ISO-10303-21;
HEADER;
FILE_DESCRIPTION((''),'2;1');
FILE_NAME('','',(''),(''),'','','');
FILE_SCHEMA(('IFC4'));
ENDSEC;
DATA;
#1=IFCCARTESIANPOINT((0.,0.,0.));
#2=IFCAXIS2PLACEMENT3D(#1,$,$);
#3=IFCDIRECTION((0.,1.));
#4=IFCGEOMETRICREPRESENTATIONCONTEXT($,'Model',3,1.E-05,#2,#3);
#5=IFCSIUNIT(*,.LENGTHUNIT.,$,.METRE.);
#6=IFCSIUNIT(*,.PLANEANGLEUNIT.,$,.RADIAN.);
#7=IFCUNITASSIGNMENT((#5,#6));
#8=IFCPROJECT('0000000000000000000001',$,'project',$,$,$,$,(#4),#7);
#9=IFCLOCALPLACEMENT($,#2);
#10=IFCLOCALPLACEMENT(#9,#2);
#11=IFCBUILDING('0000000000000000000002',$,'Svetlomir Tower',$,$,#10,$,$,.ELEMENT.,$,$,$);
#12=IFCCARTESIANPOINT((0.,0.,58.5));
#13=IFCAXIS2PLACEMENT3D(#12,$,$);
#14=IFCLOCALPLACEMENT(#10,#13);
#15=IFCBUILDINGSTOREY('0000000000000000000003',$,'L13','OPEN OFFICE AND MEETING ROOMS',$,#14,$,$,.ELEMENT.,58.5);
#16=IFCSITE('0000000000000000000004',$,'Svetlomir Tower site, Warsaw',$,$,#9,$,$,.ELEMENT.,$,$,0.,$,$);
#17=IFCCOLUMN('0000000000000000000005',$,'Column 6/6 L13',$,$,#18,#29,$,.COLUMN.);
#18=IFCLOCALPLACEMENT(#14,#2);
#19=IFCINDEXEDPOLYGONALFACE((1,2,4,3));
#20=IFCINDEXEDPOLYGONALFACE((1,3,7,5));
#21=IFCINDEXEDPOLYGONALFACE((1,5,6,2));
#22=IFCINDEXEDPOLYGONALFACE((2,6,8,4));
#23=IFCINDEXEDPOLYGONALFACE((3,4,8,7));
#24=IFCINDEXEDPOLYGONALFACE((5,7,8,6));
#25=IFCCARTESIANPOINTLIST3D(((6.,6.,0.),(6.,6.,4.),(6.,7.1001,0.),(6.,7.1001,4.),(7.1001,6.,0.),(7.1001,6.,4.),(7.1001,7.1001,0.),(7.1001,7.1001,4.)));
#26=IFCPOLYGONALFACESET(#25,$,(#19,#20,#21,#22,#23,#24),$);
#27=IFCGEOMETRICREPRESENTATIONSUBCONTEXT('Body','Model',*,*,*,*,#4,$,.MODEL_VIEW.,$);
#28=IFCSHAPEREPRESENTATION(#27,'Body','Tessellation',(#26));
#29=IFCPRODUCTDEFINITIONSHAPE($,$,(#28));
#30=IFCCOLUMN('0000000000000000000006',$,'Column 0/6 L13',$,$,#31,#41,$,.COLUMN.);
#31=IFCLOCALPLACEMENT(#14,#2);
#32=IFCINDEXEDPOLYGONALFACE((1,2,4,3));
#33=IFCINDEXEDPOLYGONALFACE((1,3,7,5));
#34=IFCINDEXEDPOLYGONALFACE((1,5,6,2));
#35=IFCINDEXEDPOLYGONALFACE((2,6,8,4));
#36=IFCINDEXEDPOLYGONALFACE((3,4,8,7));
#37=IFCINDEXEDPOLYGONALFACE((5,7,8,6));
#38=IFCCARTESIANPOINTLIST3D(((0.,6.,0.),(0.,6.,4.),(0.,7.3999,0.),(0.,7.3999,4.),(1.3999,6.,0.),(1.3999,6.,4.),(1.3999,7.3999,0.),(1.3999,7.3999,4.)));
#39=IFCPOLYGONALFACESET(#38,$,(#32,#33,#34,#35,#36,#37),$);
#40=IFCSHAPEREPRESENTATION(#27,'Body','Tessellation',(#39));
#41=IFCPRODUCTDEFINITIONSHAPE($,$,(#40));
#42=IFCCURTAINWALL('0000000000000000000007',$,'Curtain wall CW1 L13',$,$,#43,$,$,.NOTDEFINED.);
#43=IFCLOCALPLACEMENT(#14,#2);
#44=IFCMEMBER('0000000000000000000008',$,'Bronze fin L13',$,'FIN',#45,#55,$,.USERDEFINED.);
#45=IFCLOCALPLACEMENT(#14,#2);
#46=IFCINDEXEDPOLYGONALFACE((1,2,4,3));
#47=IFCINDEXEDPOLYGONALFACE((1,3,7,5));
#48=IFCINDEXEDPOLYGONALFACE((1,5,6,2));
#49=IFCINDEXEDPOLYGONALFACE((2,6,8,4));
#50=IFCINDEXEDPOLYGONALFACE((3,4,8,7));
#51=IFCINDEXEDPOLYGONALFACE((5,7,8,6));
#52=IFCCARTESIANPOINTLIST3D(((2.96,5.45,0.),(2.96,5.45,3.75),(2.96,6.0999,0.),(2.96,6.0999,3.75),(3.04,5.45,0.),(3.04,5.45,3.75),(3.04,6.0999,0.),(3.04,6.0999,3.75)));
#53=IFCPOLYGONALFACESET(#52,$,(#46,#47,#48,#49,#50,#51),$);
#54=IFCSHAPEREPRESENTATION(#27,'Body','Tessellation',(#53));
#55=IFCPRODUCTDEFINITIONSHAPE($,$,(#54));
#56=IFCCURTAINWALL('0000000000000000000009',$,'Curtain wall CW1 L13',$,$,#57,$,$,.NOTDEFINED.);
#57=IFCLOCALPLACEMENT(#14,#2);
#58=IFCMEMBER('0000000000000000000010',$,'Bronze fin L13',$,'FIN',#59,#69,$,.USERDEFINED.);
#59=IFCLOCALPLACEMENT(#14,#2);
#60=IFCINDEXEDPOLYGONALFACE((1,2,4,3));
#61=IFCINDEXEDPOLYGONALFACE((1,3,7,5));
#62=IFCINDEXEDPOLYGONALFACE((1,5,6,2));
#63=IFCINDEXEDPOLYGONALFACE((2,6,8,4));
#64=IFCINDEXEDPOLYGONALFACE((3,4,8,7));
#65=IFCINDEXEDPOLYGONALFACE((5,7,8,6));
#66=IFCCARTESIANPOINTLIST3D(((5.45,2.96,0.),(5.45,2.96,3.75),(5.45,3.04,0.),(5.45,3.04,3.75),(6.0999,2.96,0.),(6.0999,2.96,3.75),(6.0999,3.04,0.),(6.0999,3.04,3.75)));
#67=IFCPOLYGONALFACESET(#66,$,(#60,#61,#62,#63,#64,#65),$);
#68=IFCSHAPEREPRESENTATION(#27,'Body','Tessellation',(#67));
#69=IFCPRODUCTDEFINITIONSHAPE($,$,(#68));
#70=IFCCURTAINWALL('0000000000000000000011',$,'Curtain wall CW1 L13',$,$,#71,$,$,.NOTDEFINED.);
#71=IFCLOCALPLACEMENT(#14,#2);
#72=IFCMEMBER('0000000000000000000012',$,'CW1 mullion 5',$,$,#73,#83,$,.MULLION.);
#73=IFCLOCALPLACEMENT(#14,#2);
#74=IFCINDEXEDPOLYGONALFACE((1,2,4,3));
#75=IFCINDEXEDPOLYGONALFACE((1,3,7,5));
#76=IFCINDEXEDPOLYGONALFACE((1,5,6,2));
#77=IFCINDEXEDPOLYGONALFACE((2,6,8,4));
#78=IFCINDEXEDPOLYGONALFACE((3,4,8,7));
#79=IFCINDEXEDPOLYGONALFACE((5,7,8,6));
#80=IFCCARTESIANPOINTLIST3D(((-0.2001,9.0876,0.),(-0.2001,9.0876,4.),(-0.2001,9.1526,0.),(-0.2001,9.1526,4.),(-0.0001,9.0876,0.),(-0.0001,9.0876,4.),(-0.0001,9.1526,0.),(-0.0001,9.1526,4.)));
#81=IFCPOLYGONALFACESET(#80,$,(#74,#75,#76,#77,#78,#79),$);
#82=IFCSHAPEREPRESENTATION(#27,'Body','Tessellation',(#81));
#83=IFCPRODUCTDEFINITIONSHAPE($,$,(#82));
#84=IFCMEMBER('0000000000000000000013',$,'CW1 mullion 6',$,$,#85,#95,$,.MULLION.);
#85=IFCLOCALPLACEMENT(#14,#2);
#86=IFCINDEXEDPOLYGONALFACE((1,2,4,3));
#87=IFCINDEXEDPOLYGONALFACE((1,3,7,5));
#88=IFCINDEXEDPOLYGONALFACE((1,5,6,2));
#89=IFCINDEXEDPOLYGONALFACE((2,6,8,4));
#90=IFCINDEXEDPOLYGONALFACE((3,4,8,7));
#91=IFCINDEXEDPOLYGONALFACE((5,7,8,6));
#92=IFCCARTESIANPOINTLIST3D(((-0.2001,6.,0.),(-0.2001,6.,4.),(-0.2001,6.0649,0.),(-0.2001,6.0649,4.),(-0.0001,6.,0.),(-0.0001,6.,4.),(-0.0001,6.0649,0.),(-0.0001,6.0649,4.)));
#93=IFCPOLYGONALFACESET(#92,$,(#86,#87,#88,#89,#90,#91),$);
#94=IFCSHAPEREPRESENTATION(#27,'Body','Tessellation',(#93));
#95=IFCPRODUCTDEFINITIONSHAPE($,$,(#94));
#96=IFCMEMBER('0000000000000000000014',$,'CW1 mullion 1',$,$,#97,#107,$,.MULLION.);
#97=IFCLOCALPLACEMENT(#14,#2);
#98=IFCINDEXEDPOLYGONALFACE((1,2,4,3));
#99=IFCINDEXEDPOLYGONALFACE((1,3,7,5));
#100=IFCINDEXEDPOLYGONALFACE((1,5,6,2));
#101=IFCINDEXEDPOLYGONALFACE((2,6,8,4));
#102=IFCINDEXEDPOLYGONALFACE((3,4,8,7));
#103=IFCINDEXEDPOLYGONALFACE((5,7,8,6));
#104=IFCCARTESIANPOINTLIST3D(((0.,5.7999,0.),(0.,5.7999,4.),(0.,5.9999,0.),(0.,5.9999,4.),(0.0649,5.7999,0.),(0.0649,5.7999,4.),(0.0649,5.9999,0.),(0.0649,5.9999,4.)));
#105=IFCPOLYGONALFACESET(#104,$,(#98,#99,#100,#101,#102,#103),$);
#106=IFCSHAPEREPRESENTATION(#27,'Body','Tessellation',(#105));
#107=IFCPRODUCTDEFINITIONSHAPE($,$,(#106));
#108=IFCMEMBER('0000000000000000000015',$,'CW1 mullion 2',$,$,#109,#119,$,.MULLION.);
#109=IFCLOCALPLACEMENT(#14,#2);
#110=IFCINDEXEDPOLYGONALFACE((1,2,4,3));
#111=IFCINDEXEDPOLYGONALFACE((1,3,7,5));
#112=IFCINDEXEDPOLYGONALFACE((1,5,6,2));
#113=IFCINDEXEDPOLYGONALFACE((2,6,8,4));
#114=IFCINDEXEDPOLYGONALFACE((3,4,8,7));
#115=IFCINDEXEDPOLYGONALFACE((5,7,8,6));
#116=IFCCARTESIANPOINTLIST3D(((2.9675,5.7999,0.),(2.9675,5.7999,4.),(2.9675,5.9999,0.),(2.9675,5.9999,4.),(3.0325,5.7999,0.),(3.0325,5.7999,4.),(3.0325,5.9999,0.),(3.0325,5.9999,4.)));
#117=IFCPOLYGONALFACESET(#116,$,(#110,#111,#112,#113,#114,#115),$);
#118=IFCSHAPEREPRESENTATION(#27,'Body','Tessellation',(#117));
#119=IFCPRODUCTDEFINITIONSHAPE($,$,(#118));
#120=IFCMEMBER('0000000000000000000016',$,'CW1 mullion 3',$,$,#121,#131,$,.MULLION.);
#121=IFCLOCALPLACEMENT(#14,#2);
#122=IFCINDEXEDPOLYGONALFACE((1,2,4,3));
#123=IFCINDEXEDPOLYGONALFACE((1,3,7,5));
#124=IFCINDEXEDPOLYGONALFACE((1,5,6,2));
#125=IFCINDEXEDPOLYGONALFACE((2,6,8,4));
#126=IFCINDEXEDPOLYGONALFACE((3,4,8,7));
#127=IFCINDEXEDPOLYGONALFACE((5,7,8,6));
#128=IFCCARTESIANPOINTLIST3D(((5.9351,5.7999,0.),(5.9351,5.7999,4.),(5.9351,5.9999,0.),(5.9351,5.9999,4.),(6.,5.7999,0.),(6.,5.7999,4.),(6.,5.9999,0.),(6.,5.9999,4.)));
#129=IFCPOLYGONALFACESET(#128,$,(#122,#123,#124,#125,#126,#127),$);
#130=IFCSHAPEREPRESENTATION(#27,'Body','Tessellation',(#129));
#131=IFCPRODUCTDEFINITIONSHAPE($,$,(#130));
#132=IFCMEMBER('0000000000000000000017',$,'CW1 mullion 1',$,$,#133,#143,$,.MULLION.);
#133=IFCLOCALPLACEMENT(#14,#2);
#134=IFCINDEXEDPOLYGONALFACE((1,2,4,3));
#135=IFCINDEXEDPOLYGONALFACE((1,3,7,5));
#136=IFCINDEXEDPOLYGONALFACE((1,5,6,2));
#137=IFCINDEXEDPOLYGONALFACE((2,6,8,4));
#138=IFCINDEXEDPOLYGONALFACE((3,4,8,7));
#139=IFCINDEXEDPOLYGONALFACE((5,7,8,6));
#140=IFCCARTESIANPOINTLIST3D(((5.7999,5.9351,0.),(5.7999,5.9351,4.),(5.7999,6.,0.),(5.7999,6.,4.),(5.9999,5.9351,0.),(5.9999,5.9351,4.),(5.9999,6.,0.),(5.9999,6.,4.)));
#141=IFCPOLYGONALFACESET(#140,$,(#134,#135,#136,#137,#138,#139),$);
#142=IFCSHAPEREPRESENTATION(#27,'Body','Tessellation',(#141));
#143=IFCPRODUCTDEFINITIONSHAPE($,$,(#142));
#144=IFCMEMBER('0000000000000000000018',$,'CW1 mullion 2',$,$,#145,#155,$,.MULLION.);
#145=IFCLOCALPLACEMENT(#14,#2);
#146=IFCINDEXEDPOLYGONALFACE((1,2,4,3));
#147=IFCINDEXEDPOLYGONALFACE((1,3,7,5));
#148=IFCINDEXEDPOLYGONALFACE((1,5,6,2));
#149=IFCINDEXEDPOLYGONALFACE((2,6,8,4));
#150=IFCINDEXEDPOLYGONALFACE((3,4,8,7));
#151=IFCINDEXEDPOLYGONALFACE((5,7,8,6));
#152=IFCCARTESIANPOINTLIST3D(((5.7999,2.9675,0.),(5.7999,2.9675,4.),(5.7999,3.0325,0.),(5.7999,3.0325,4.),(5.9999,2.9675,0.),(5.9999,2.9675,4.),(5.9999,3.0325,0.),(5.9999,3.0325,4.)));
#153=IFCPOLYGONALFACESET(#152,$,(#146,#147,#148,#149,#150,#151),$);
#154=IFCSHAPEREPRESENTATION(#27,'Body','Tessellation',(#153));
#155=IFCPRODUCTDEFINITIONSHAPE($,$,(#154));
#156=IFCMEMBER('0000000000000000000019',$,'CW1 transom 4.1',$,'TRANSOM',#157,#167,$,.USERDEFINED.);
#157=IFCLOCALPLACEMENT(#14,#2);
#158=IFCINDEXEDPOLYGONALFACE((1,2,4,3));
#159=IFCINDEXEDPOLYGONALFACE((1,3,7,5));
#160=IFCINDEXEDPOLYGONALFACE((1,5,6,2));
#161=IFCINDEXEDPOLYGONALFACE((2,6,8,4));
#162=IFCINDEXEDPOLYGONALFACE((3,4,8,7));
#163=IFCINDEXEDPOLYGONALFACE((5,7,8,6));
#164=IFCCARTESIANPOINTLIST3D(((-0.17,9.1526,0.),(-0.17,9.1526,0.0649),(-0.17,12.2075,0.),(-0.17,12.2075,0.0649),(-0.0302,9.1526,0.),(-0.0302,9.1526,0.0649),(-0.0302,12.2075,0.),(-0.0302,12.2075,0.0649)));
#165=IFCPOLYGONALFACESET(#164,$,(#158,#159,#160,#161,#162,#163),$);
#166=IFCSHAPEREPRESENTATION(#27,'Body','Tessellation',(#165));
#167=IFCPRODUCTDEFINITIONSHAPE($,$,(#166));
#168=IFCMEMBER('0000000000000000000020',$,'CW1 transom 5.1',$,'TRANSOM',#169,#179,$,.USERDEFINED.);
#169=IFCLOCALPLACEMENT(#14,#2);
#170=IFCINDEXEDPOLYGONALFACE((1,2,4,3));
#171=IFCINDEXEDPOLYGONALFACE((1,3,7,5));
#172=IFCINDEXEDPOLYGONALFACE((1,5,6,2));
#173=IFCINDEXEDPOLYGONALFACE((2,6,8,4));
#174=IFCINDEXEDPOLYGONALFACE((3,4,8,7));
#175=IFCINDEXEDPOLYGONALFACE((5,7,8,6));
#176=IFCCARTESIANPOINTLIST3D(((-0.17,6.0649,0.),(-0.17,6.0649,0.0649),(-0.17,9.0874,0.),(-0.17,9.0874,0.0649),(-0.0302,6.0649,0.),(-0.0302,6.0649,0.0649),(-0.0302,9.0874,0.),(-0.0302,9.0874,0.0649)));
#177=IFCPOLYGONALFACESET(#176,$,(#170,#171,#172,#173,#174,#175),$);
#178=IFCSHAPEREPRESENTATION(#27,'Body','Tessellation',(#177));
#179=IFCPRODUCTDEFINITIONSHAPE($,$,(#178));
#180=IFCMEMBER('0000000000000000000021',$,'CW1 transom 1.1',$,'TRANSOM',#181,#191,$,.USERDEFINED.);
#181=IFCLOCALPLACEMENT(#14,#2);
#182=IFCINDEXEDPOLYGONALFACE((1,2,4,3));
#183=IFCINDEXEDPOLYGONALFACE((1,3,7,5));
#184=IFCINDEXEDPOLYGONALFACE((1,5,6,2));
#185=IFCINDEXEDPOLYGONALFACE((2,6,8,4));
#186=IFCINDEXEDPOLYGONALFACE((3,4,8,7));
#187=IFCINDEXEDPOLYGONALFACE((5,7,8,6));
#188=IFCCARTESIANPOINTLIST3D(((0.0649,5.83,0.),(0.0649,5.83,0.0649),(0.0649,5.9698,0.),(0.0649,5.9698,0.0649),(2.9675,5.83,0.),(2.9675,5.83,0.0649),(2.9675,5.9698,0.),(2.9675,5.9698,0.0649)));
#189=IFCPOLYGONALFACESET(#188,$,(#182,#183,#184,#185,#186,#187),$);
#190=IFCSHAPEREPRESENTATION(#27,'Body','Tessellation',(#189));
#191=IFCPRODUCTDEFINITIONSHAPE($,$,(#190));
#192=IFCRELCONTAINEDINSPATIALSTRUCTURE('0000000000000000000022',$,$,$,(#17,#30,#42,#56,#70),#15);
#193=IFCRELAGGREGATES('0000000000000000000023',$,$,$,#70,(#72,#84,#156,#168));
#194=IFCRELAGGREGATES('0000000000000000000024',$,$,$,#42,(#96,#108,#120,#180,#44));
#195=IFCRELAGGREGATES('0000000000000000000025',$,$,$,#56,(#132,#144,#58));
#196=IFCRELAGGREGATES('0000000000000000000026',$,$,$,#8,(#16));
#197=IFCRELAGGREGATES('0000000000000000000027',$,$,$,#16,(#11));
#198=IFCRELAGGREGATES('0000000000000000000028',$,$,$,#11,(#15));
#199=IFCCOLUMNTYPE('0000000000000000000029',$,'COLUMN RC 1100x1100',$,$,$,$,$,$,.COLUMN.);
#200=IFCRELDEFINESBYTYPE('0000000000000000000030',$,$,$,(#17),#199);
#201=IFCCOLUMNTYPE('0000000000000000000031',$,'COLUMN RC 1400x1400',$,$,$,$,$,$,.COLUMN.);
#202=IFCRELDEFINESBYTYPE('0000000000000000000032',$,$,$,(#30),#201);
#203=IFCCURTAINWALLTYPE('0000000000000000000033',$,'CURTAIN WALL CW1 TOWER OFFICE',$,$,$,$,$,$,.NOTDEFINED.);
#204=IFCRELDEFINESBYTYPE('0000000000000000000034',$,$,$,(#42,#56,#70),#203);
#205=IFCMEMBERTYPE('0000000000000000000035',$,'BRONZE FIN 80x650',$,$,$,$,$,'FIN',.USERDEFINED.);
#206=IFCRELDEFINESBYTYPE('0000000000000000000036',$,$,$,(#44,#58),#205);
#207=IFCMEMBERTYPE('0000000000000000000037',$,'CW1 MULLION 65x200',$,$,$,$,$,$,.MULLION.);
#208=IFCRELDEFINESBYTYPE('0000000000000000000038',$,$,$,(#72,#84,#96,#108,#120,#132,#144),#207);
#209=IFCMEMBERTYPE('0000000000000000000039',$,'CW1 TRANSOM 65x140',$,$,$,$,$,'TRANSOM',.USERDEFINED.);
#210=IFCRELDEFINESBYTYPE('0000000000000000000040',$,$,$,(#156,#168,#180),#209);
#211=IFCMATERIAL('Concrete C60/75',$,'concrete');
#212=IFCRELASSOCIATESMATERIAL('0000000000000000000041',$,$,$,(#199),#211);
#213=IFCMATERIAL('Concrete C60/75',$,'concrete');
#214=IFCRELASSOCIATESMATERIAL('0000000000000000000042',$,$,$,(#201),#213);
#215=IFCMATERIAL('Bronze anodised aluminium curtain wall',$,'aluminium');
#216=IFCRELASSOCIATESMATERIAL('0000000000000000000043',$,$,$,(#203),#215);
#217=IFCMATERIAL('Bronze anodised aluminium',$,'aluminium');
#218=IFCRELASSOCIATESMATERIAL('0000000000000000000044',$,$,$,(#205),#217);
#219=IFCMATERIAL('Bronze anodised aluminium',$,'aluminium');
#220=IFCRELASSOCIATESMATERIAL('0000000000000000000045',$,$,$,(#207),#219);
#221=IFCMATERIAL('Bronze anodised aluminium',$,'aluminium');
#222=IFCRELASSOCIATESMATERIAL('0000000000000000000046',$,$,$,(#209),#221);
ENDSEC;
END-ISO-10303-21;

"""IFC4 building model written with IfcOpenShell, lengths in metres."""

from ifc_helpers import new_model, si_unit, direction, frame, origin, origin_2d, place, context, subcontext, project, spatial, rectangle, extrude, material, material_profile, profile_set, type_object, element, aggregate, save


model = new_model("IFC4")

# Units and contexts
model_context = context("Model", 3, precision=1e-05, world=origin(), true_north=direction((0.0, 1.0)))
body_context = subcontext(model_context, "Body", "Model", "MODEL_VIEW")
ifc_project = project(units=[si_unit("LENGTHUNIT", "METRE"), si_unit("PLANEANGLEUNIT", "RADIAN")], contexts=[model_context])

# Site, building, storey
site_placement = place(None, origin())
site = spatial("IfcSite", under=ifc_project, at=site_placement, Name="Svetlomir Tower site, Warsaw", CompositionType="ELEMENT", RefElevation=0.0)
building_placement = place(site_placement, origin())
building = spatial("IfcBuilding", under=site, at=building_placement, Name="Svetlomir Tower", CompositionType="ELEMENT")
storey_placement = place(building_placement, frame((0.0, 0.0, 58.5)))
storey = spatial("IfcBuildingStorey", under=building, at=storey_placement, Name="L13", Description="OPEN OFFICE AND MEETING ROOMS", CompositionType="ELEMENT", Elevation=58.5)

# Columns
ifc_material_1 = material(Name="Concrete C60/75", Category="concrete")
ifc_material_profile_1 = material_profile(ifc_material_1, rectangle(XDim=1.1001, YDim=1.1001, at=origin_2d()), Name="RC 1100x1100")
ifc_profile_set_1 = profile_set([ifc_material_profile_1], Name="Concrete C60/75")
column_type_1 = type_object("IfcColumnType", Name="COLUMN RC 1100x1100", PredefinedType="COLUMN", material=ifc_profile_set_1)
column_1_placement = place(storey_placement, frame((6.55, 6.55, 0.0), z_axis=(0.0, 0.0, 1.0), x_axis=(1.0, 0.0, 0.0)))
element("IfcColumn", 1, at=column_1_placement, inside=storey, type_object=column_type_1, Name="Column 6/6 L13", PredefinedType="COLUMN", context=body_context, shape_type="SweptSolid", body=[
    extrude(rectangle(XDim=1.1001, YDim=1.1001, at=origin_2d()), origin(), (0.0, 0.0, 1.0), 4.0),
])
ifc_material_2 = material(Name="Concrete C60/75", Category="concrete")
ifc_material_profile_2 = material_profile(ifc_material_2, rectangle(XDim=1.3999, YDim=1.3999, at=origin_2d()), Name="RC 1400x1400")
ifc_profile_set_2 = profile_set([ifc_material_profile_2], Name="Concrete C60/75")
column_type_2 = type_object("IfcColumnType", Name="COLUMN RC 1400x1400", PredefinedType="COLUMN", material=ifc_profile_set_2)
column_2_placement = place(storey_placement, frame((0.7, 6.7, 0.0), z_axis=(0.0, 0.0, 1.0), x_axis=(1.0, 0.0, 0.0)))
element("IfcColumn", 2, at=column_2_placement, inside=storey, type_object=column_type_2, Name="Column 0/6 L13", PredefinedType="COLUMN", context=body_context, shape_type="SweptSolid", body=[
    extrude(rectangle(XDim=1.3999, YDim=1.3999, at=origin_2d()), origin(), (0.0, 0.0, 1.0), 4.0),
])

# Curtain walls, members
ifc_material_3 = material(Name="Bronze anodised aluminium curtain wall", Category="aluminium")
curtain_wall_type = type_object("IfcCurtainWallType", Name="CURTAIN WALL CW1 TOWER OFFICE", PredefinedType="NOTDEFINED", material=ifc_material_3)
curtain_wall_1_placement = place(storey_placement, origin())
curtain_wall_1 = element("IfcCurtainWall", 3, at=curtain_wall_1_placement, inside=storey, type_object=curtain_wall_type, Name="Curtain wall CW1 L13", PredefinedType="NOTDEFINED")
ifc_material_4 = material(Name="Bronze anodised aluminium", Category="aluminium")
ifc_material_profile_3 = material_profile(ifc_material_4, rectangle(XDim=0.0801, YDim=0.6499, at=origin_2d()), Name="FIN 80x650")
ifc_profile_set_3 = profile_set([ifc_material_profile_3], Name="Bronze anodised aluminium 6063-T6")
member_type_1 = type_object("IfcMemberType", Name="BRONZE FIN 80x650", ElementType="FIN", PredefinedType="USERDEFINED", material=ifc_profile_set_3)
member_1_placement = place(storey_placement, frame((3.0, 5.7749, 0.0), z_axis=(0.0, 0.0, 1.0), x_axis=(1.0, 0.0, 0.0)))
member_1 = element("IfcMember", 4, at=member_1_placement, type_object=member_type_1, Name="Bronze fin L13", ObjectType="FIN", PredefinedType="USERDEFINED", context=body_context, shape_type="SweptSolid", body=[
    extrude(rectangle(XDim=0.0801, YDim=0.6499, at=origin_2d()), origin(), (0.0, 0.0, 1.0), 3.75),
])
curtain_wall_2_placement = place(storey_placement, origin())
curtain_wall_2 = element("IfcCurtainWall", 5, at=curtain_wall_2_placement, inside=storey, type_object=curtain_wall_type, Name="Curtain wall CW1 L13", PredefinedType="NOTDEFINED")
member_2_placement = place(storey_placement, frame((5.7749, 3.0, 0.0), z_axis=(0.0, 0.0, 1.0), x_axis=(0.0, 1.0, 0.0)))
member_2 = element("IfcMember", 6, at=member_2_placement, type_object=member_type_1, Name="Bronze fin L13", ObjectType="FIN", PredefinedType="USERDEFINED", context=body_context, shape_type="SweptSolid", body=[
    extrude(rectangle(XDim=0.0801, YDim=0.6499, at=origin_2d()), origin(), (0.0, 0.0, 1.0), 3.75),
])

# Curtain wall, members
curtain_wall_3_placement = place(storey_placement, origin())
curtain_wall_3 = element("IfcCurtainWall", 7, at=curtain_wall_3_placement, inside=storey, type_object=curtain_wall_type, Name="Curtain wall CW1 L13", PredefinedType="NOTDEFINED")
ifc_material_5 = material(Name="Bronze anodised aluminium", Category="aluminium")
ifc_material_profile_4 = material_profile(ifc_material_5, rectangle(XDim=0.0649, YDim=0.2, at=origin_2d()), Name="AL 65x200")
ifc_profile_set_4 = profile_set([ifc_material_profile_4], Name="Bronze anodised aluminium 6063-T6")
member_type_2 = type_object("IfcMemberType", Name="CW1 MULLION 65x200", PredefinedType="MULLION", material=ifc_profile_set_4)
member_3_placement = place(storey_placement, frame((-0.1001, 9.1201, 0.0), z_axis=(0.0, 0.0, 1.0), x_axis=(0.0, -1.0, 0.0)))
member_3 = element("IfcMember", 8, at=member_3_placement, type_object=member_type_2, Name="CW1 mullion 5", PredefinedType="MULLION", context=body_context, shape_type="SweptSolid", body=[
    extrude(rectangle(XDim=0.0649, YDim=0.2, at=origin_2d()), origin(), (0.0, 0.0, 1.0), 4.0),
])
member_4_placement = place(storey_placement, frame((-0.1001, 6.0325, 0.0), z_axis=(0.0, 0.0, 1.0), x_axis=(0.0, -1.0, 0.0)))
member_4 = element("IfcMember", 9, at=member_4_placement, type_object=member_type_2, Name="CW1 mullion 6", PredefinedType="MULLION", context=body_context, shape_type="SweptSolid", body=[
    extrude(rectangle(XDim=0.0649, YDim=0.2, at=origin_2d()), origin(), (0.0, 0.0, 1.0), 4.0),
])

# Members
member_5_placement = place(storey_placement, frame((0.0325, 5.8999, 0.0), z_axis=(0.0, 0.0, 1.0), x_axis=(1.0, 0.0, 0.0)))
member_5 = element("IfcMember", 10, at=member_5_placement, type_object=member_type_2, Name="CW1 mullion 1", PredefinedType="MULLION", context=body_context, shape_type="SweptSolid", body=[
    extrude(rectangle(XDim=0.0649, YDim=0.2, at=origin_2d()), origin(), (0.0, 0.0, 1.0), 4.0),
])
member_6_placement = place(storey_placement, frame((3.0, 5.8999, 0.0), z_axis=(0.0, 0.0, 1.0), x_axis=(1.0, 0.0, 0.0)))
member_6 = element("IfcMember", 11, at=member_6_placement, type_object=member_type_2, Name="CW1 mullion 2", PredefinedType="MULLION", context=body_context, shape_type="SweptSolid", body=[
    extrude(rectangle(XDim=0.0649, YDim=0.2, at=origin_2d()), origin(), (0.0, 0.0, 1.0), 4.0),
])
member_7_placement = place(storey_placement, frame((5.9675, 5.8999, 0.0), z_axis=(0.0, 0.0, 1.0), x_axis=(1.0, 0.0, 0.0)))
member_7 = element("IfcMember", 12, at=member_7_placement, type_object=member_type_2, Name="CW1 mullion 3", PredefinedType="MULLION", context=body_context, shape_type="SweptSolid", body=[
    extrude(rectangle(XDim=0.0649, YDim=0.2, at=origin_2d()), origin(), (0.0, 0.0, 1.0), 4.0),
])
member_8_placement = place(storey_placement, frame((5.8999, 5.9675, 0.0), z_axis=(0.0, 0.0, 1.0), x_axis=(0.0, -1.0, 0.0)))
member_8 = element("IfcMember", 13, at=member_8_placement, type_object=member_type_2, Name="CW1 mullion 1", PredefinedType="MULLION", context=body_context, shape_type="SweptSolid", body=[
    extrude(rectangle(XDim=0.0649, YDim=0.2, at=origin_2d()), origin(), (0.0, 0.0, 1.0), 4.0),
])
member_9_placement = place(storey_placement, frame((5.8999, 3.0, 0.0), z_axis=(0.0, 0.0, 1.0), x_axis=(0.0, -1.0, 0.0)))
member_9 = element("IfcMember", 14, at=member_9_placement, type_object=member_type_2, Name="CW1 mullion 2", PredefinedType="MULLION", context=body_context, shape_type="SweptSolid", body=[
    extrude(rectangle(XDim=0.0649, YDim=0.2, at=origin_2d()), origin(), (0.0, 0.0, 1.0), 4.0),
])
ifc_material_6 = material(Name="Bronze anodised aluminium", Category="aluminium")
ifc_material_profile_5 = material_profile(ifc_material_6, rectangle(XDim=0.1399, YDim=0.0649, at=origin_2d()), Name="AL 140x65")
ifc_profile_set_5 = profile_set([ifc_material_profile_5], Name="Bronze anodised aluminium 6063-T6")
member_type_3 = type_object("IfcMemberType", Name="CW1 TRANSOM 65x140", ElementType="TRANSOM", PredefinedType="USERDEFINED", material=ifc_profile_set_5)
member_10_placement = place(storey_placement, frame((-0.1001, 12.2075, 0.0325), z_axis=(0.0, -1.0, 0.0), x_axis=(1.0, 0.0, 0.0)))
member_10 = element("IfcMember", 15, at=member_10_placement, type_object=member_type_3, Name="CW1 transom 4.1", ObjectType="TRANSOM", PredefinedType="USERDEFINED", context=body_context, shape_type="SweptSolid", body=[
    extrude(rectangle(XDim=0.1399, YDim=0.0649, at=origin_2d()), origin(), (0.0, 0.0, 1.0), 3.0549),
])
member_11_placement = place(storey_placement, frame((-0.1001, 9.0874, 0.0325), z_axis=(0.0, -1.0, 0.0), x_axis=(1.0, 0.0, 0.0)))
member_11 = element("IfcMember", 16, at=member_11_placement, type_object=member_type_3, Name="CW1 transom 5.1", ObjectType="TRANSOM", PredefinedType="USERDEFINED", context=body_context, shape_type="SweptSolid", body=[
    extrude(rectangle(XDim=0.1399, YDim=0.0649, at=origin_2d()), origin(), (0.0, 0.0, 1.0), 3.0225),
])
member_12_placement = place(storey_placement, frame((0.0649, 5.8999, 0.0325), z_axis=(1.0, 0.0, 0.0), x_axis=(0.0, 1.0, 0.0)))
member_12 = element("IfcMember", 17, at=member_12_placement, type_object=member_type_3, Name="CW1 transom 1.1", ObjectType="TRANSOM", PredefinedType="USERDEFINED", context=body_context, shape_type="SweptSolid", body=[
    extrude(rectangle(XDim=0.1399, YDim=0.0649, at=origin_2d()), origin(), (0.0, 0.0, 1.0), 2.9026),
])

aggregate(curtain_wall_3, [member_3, member_4, member_10, member_11])
aggregate(curtain_wall_1, [member_5, member_6, member_7, member_12, member_1])
aggregate(curtain_wall_2, [member_8, member_9, member_2])

save(model, "model.ifc")
